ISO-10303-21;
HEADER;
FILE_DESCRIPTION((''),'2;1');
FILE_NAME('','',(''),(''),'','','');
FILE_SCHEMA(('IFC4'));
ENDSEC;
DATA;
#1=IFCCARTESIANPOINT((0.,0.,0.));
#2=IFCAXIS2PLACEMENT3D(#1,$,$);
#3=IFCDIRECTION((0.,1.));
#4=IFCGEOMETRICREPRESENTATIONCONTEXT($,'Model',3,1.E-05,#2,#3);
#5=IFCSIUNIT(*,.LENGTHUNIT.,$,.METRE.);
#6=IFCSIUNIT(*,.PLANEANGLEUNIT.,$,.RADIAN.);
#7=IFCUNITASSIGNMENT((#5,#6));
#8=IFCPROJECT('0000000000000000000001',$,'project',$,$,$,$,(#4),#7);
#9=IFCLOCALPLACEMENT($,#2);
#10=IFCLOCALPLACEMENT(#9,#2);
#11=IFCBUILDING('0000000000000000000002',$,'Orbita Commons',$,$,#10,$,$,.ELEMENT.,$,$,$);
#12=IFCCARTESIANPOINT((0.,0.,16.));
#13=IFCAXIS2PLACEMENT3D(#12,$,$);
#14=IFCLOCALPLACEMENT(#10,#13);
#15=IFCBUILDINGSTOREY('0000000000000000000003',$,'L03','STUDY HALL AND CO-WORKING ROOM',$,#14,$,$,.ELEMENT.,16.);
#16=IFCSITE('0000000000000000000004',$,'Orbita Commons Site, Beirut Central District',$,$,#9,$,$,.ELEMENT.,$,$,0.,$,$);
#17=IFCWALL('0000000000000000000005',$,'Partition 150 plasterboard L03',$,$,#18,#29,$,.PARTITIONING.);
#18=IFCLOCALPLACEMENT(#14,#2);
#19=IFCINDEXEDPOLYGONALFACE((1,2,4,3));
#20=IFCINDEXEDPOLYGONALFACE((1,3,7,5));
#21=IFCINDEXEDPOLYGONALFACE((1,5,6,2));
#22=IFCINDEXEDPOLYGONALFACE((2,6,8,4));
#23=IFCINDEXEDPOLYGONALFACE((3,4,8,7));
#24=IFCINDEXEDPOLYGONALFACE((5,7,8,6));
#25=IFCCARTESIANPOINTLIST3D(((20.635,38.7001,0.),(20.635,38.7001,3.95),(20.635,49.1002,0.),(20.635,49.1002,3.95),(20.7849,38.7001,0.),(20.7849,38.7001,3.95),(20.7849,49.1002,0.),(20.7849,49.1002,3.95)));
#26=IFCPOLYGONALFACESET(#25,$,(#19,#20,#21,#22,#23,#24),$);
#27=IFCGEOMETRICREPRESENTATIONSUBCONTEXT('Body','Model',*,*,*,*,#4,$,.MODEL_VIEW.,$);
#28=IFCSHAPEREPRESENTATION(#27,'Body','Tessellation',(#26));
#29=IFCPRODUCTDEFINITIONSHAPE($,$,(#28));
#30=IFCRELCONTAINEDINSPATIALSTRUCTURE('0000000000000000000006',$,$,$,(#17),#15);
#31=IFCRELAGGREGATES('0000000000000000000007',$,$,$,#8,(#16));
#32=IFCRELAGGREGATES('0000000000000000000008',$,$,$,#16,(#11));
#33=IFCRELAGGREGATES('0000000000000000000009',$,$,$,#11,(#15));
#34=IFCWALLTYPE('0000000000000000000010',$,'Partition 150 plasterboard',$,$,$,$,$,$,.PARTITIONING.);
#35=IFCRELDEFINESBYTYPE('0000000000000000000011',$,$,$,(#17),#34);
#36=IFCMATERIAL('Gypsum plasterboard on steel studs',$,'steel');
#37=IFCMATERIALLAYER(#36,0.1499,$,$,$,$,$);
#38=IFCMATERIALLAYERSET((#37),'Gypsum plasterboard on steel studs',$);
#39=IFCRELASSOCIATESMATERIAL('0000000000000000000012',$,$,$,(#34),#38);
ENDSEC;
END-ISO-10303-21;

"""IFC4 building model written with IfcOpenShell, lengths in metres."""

from ifc_helpers import new_model, si_unit, direction, frame, frame_2d, origin, place, context, subcontext, project, spatial, rectangle, extrude, material, layer, layer_set, type_object, element, save


model = new_model("IFC4")

# Units and contexts
model_context = context("Model", 3, precision=1e-05, world=origin(), true_north=direction((0.0, 1.0)))
body_context = subcontext(model_context, "Body", "Model", "MODEL_VIEW")
ifc_project = project(units=[si_unit("LENGTHUNIT", "METRE"), si_unit("PLANEANGLEUNIT", "RADIAN")], contexts=[model_context])

# Site, building, storey
site_placement = place(None, origin())
site = spatial("IfcSite", under=ifc_project, at=site_placement, Name="Orbita Commons Site, Beirut Central District", CompositionType="ELEMENT", RefElevation=0.0)
building_placement = place(site_placement, origin())
building = spatial("IfcBuilding", under=site, at=building_placement, Name="Orbita Commons", CompositionType="ELEMENT")
storey_placement = place(building_placement, frame((0.0, 0.0, 16.0)))
storey = spatial("IfcBuildingStorey", under=building, at=storey_placement, Name="L03", Description="STUDY HALL AND CO-WORKING ROOM", CompositionType="ELEMENT", Elevation=16.0)

# Wall
ifc_material_1 = material(Name="Gypsum plasterboard on steel studs", Category="steel")
ifc_layer_1 = layer(ifc_material_1, 0.1499)
ifc_layer_set_1 = layer_set([ifc_layer_1], Name="Gypsum plasterboard on steel studs")
wall_type_1 = type_object("IfcWallType", Name="Partition 150 plasterboard", PredefinedType="PARTITIONING", material=ifc_layer_set_1)
wall_1_placement = place(storey_placement, frame((20.71, 38.7, 0.0), z_axis=(0.0, 0.0, 1.0), x_axis=(0.0, 1.0, 0.0)))
element("IfcWall", 1, at=wall_1_placement, inside=storey, type_object=wall_type_1, Name="Partition 150 plasterboard L03", PredefinedType="PARTITIONING", context=body_context, shape_type="SweptSolid", body=[
    extrude(rectangle(XDim=10.4001, YDim=0.1499, at=frame_2d((5.2002, 0.0))), origin(), (0.0, 0.0, 1.0), 3.95),
])

save(model, "model.ifc")
